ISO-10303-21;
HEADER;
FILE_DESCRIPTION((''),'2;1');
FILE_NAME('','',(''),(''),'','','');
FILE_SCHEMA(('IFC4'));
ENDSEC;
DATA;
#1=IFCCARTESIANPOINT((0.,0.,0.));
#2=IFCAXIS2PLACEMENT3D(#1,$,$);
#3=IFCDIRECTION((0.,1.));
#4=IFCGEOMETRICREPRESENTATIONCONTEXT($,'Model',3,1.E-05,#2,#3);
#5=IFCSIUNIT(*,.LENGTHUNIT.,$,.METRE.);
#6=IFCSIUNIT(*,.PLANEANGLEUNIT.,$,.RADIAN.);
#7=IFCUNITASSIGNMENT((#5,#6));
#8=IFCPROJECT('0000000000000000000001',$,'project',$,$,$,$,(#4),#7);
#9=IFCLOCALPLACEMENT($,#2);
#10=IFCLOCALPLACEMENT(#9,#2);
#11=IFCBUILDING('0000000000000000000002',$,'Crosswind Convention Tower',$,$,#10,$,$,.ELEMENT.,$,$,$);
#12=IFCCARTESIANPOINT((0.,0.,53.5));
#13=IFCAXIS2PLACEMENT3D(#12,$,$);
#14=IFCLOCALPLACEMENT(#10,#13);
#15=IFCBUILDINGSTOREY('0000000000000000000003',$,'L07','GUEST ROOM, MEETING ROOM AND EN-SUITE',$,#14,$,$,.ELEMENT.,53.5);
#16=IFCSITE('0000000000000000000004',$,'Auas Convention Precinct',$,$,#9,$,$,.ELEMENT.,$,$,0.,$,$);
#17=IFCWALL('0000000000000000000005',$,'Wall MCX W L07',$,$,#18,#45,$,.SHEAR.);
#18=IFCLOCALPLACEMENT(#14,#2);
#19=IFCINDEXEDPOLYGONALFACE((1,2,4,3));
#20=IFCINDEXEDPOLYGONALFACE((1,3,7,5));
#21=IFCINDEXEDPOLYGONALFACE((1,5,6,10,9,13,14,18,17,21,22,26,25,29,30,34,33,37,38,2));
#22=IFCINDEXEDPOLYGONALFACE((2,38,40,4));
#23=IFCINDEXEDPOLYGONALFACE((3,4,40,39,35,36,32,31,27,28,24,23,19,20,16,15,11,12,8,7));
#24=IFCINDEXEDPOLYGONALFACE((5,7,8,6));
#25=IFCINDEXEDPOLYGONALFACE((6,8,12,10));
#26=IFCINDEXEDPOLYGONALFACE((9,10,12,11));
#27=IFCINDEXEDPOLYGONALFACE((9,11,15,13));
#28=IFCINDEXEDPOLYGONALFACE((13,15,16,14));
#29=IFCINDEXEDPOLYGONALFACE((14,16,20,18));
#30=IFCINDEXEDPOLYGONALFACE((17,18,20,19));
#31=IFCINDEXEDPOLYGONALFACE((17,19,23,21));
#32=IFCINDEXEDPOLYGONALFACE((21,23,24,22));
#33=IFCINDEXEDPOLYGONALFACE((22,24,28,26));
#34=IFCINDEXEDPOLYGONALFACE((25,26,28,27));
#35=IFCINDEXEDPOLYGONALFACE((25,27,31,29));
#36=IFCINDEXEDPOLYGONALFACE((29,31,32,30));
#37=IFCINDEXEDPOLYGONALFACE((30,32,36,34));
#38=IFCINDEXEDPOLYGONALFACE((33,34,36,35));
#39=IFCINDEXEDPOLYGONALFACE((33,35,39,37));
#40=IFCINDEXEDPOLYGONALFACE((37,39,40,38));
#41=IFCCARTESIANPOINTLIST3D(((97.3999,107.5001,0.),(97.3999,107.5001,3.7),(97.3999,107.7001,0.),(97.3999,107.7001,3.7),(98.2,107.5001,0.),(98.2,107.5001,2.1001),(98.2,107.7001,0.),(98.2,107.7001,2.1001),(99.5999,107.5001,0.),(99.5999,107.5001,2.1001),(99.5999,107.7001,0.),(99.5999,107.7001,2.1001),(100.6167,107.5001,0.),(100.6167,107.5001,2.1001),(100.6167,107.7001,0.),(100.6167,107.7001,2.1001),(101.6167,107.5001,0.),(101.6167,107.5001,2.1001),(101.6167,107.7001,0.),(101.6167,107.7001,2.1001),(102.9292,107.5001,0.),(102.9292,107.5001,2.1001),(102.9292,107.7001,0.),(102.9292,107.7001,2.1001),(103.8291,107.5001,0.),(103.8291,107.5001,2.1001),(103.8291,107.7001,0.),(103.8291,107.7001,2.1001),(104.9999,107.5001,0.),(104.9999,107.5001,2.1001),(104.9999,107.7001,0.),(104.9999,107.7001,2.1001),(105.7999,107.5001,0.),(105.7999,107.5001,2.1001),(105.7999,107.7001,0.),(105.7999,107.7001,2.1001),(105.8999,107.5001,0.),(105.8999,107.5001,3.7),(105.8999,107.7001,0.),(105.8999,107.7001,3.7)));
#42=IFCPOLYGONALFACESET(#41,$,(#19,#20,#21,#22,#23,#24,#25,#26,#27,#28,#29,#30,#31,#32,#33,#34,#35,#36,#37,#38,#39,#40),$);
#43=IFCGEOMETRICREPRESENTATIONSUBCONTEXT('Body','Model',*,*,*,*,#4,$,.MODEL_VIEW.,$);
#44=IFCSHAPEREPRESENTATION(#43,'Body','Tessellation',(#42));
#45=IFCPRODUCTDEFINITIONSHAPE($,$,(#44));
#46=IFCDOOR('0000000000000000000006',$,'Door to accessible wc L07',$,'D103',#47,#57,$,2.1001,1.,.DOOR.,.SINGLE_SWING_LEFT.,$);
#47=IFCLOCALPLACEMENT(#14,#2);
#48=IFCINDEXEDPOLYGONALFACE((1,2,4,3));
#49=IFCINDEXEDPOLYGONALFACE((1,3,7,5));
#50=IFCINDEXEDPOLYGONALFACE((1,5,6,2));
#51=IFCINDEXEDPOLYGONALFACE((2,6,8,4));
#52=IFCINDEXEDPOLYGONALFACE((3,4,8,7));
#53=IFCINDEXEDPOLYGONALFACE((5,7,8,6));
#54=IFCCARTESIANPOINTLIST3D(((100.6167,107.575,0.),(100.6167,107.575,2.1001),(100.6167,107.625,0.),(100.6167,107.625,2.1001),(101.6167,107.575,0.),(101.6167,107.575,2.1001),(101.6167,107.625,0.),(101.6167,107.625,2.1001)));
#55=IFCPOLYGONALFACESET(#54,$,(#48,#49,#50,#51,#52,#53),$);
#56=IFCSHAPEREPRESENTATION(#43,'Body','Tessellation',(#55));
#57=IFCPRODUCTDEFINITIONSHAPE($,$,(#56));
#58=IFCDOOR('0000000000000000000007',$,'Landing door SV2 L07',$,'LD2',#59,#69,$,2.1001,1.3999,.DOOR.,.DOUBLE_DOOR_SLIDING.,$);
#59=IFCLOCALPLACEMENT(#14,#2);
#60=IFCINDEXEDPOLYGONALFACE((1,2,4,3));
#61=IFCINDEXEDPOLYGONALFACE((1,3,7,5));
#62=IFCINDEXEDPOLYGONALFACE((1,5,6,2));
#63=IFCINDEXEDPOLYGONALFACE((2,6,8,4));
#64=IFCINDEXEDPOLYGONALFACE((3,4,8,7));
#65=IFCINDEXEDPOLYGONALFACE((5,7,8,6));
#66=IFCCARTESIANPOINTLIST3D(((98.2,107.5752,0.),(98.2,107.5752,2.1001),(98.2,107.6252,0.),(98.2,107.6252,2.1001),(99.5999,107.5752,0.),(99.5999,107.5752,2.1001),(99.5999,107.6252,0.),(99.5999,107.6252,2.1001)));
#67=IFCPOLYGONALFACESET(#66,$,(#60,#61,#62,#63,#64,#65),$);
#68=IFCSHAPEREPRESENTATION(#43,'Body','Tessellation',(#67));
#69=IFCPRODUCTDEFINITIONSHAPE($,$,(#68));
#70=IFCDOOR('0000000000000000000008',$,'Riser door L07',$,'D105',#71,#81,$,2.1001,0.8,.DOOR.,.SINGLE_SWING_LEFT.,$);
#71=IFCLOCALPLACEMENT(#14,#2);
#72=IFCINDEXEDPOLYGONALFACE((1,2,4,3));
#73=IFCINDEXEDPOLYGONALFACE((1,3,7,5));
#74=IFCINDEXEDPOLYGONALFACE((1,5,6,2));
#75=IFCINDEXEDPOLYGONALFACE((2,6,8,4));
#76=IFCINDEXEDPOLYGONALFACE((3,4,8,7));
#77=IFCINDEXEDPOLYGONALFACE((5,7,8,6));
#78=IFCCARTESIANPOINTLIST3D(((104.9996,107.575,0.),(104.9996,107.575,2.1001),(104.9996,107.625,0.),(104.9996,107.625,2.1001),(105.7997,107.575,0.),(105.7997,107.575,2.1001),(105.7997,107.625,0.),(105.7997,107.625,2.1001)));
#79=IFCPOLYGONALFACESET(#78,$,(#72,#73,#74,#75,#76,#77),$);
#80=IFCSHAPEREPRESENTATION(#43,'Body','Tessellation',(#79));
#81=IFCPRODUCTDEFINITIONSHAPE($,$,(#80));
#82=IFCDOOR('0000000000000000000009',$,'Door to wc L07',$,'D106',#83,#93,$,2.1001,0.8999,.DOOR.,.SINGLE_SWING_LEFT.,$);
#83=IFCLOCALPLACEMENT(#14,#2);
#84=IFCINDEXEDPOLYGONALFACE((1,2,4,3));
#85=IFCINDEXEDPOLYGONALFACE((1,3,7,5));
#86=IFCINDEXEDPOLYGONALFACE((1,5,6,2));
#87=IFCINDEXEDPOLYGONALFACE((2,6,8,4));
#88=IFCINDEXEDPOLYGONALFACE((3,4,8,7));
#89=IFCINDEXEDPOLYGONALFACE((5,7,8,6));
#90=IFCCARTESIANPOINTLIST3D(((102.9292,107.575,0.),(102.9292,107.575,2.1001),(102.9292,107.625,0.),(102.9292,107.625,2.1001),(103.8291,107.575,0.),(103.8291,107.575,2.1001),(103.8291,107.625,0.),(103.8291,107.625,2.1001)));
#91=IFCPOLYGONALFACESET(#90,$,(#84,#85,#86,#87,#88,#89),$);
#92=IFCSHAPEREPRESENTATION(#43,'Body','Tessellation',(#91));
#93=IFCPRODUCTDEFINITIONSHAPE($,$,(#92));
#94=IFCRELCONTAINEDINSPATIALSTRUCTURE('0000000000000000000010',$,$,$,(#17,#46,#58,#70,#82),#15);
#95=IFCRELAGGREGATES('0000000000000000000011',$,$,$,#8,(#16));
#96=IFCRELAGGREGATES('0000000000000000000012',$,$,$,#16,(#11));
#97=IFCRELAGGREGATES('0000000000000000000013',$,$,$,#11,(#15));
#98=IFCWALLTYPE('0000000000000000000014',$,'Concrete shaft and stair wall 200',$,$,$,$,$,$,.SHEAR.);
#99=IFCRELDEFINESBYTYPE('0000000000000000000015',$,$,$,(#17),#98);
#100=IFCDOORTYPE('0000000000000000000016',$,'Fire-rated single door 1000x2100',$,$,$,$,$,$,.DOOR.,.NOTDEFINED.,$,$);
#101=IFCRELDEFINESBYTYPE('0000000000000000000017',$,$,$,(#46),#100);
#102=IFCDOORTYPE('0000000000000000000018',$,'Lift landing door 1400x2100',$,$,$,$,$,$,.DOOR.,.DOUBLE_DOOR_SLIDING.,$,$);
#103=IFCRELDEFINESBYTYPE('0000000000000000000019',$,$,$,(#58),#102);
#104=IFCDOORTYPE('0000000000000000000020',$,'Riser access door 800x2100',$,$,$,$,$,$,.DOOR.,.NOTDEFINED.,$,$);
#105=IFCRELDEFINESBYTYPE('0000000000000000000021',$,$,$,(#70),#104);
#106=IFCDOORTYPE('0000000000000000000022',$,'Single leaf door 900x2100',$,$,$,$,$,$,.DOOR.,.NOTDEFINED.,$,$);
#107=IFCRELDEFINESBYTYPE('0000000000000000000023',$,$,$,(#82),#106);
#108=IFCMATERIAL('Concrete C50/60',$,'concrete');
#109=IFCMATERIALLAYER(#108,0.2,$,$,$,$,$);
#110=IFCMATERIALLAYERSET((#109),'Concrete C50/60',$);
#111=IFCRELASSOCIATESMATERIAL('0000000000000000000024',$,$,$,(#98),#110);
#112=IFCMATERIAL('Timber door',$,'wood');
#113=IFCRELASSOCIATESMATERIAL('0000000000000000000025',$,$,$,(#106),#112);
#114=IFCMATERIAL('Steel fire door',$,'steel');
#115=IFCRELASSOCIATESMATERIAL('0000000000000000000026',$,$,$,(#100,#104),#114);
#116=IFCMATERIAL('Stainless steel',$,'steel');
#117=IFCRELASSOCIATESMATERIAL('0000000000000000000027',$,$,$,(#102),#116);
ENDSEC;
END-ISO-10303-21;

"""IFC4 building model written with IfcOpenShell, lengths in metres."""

from ifc_helpers import new_model, si_unit, direction, frame, frame_2d, origin, place, context, subcontext, project, spatial, rectangle, extrude, material, layer, layer_set, type_object, element, fill, save


model = new_model("IFC4")

# Units and contexts
model_context = context("Model", 3, precision=1e-05, world=origin(), true_north=direction((0.0, 1.0)))
body_context = subcontext(model_context, "Body", "Model", "MODEL_VIEW")
ifc_project = project(units=[si_unit("LENGTHUNIT", "METRE"), si_unit("PLANEANGLEUNIT", "RADIAN")], contexts=[model_context])

# Site, building, storey
site_placement = place(None, origin())
site = spatial("IfcSite", under=ifc_project, at=site_placement, Name="Auas Convention Precinct", CompositionType="ELEMENT", RefElevation=0.0)
building_placement = place(site_placement, origin())
building = spatial("IfcBuilding", under=site, at=building_placement, Name="Crosswind Convention Tower", CompositionType="ELEMENT")
storey_placement = place(building_placement, frame((0.0, 0.0, 53.5)))
storey = spatial("IfcBuildingStorey", under=building, at=storey_placement, Name="L07", Description="GUEST ROOM, MEETING ROOM AND EN-SUITE", CompositionType="ELEMENT", Elevation=53.5)

# Shared definitions
ifc_material_1 = material(Name="Concrete C50/60", Category="concrete")

# Shared definitions
ifc_layer_1 = layer(ifc_material_1, 0.2)
ifc_layer_set_1 = layer_set([ifc_layer_1], Name="Concrete C50/60")
wall_type_1 = type_object("IfcWallType", Name="Concrete shaft and stair wall 200", PredefinedType="SHEAR", material=ifc_layer_set_1)

# Shared definitions
ifc_material_2 = material(Name="Timber door", Category="wood")
door_type_1 = type_object("IfcDoorType", Name="Single leaf door 900x2100", OperationType="NOTDEFINED", PredefinedType="DOOR", material=ifc_material_2)

# Shared definitions
ifc_material_3 = material(Name="Steel fire door", Category="steel")
door_type_2 = type_object("IfcDoorType", Name="Fire-rated single door 1000x2100", OperationType="NOTDEFINED", PredefinedType="DOOR", material=ifc_material_3)

# Wall, openings, doors
wall_1_placement = place(storey_placement, frame((105.8999, 107.6001, 0.0), z_axis=(0.0, 0.0, 1.0), x_axis=(-1.0, 0.0, 0.0)))
wall_1 = element("IfcWall", 1, at=wall_1_placement, inside=storey, type_object=wall_type_1, Name="Wall MCX W L07", PredefinedType="SHEAR", context=body_context, shape_type="SweptSolid", body=[
    extrude(rectangle(XDim=8.5, YDim=0.2, at=frame_2d((4.25, 0.0))), origin(), (0.0, 0.0, 1.0), 3.7),
])
opening_1_placement = place(wall_1_placement, frame((0.1001, 0.0, 0.0)))
opening_1 = element("IfcOpeningElement", 2, at=opening_1_placement, cuts=wall_1, PredefinedType="OPENING", context=body_context, shape_type="SweptSolid", body=[
    extrude(rectangle(XDim=0.8, YDim=2.1001, at=frame_2d((0.3999, 1.05))), frame((0.0, 0.1099, 0.0), z_axis=(0.0, -1.0, 0.0), x_axis=(1.0, 0.0, 0.0)), (0.0, 0.0, 1.0), 0.22),
])
opening_2_placement = place(wall_1_placement, frame((2.0708, 0.0, 0.0)))
opening_2 = element("IfcOpeningElement", 3, at=opening_2_placement, cuts=wall_1, PredefinedType="OPENING", context=body_context, shape_type="SweptSolid", body=[
    extrude(rectangle(XDim=0.8999, YDim=2.1001, at=frame_2d((0.45, 1.05))), frame((0.0, 0.1099, 0.0), z_axis=(0.0, -1.0, 0.0), x_axis=(1.0, 0.0, 0.0)), (0.0, 0.0, 1.0), 0.22),
])
opening_3_placement = place(wall_1_placement, frame((4.2832, 0.0, 0.0)))
opening_3 = element("IfcOpeningElement", 4, at=opening_3_placement, cuts=wall_1, PredefinedType="OPENING", context=body_context, shape_type="SweptSolid", body=[
    extrude(rectangle(XDim=1.0, YDim=2.1001, at=frame_2d((0.5, 1.05))), frame((0.0, 0.1099, 0.0), z_axis=(0.0, -1.0, 0.0), x_axis=(1.0, 0.0, 0.0)), (0.0, 0.0, 1.0), 0.22),
])
opening_4_placement = place(wall_1_placement, frame((6.3, 0.0, 0.0)))
opening_4 = element("IfcOpeningElement", 5, at=opening_4_placement, cuts=wall_1, PredefinedType="OPENING", context=body_context, shape_type="SweptSolid", body=[
    extrude(rectangle(XDim=1.3999, YDim=2.1001, at=frame_2d((0.7, 1.05))), frame((0.0, 0.1099, 0.0), z_axis=(0.0, -1.0, 0.0), x_axis=(1.0, 0.0, 0.0)), (0.0, 0.0, 1.0), 0.22),
])
door_1_placement = place(opening_3_placement, frame((1.0, 0.0, 0.0), z_axis=(0.0, 0.0, 1.0), x_axis=(-1.0, 0.0, 0.0)))
door_1 = element("IfcDoor", 6, at=door_1_placement, inside=storey, type_object=door_type_2, Name="Door to accessible wc L07", ObjectType="D103", OperationType="SINGLE_SWING_LEFT", OverallHeight=2.1001, OverallWidth=1.0, PredefinedType="DOOR", context=body_context, shape_type="SweptSolid", body=[
    extrude(rectangle(XDim=1.0, YDim=2.1001, at=frame_2d((0.5, 1.05))), frame((0.0, 0.0249, 0.0), z_axis=(0.0, -1.0, 0.0), x_axis=(1.0, 0.0, 0.0)), (0.0, 0.0, 1.0), 0.05),
])
fill(opening_3, door_1)
ifc_material_4 = material(Name="Stainless steel", Category="steel")
door_type_3 = type_object("IfcDoorType", Name="Lift landing door 1400x2100", OperationType="DOUBLE_DOOR_SLIDING", PredefinedType="DOOR", material=ifc_material_4)
door_2_placement = place(opening_4_placement, origin())
door_2 = element("IfcDoor", 7, at=door_2_placement, inside=storey, type_object=door_type_3, Name="Landing door SV2 L07", ObjectType="LD2", OperationType="DOUBLE_DOOR_SLIDING", OverallHeight=2.1001, OverallWidth=1.3999, PredefinedType="DOOR", context=body_context, shape_type="SweptSolid", body=[
    extrude(rectangle(XDim=1.3999, YDim=2.1001, at=frame_2d((0.7, 1.05))), frame((0.0, 0.0249, 0.0), z_axis=(0.0, -1.0, 0.0), x_axis=(1.0, 0.0, 0.0)), (0.0, 0.0, 1.0), 0.05),
])
fill(opening_4, door_2)
door_type_4 = type_object("IfcDoorType", Name="Riser access door 800x2100", OperationType="NOTDEFINED", PredefinedType="DOOR", material=ifc_material_3)
door_3_placement = place(opening_1_placement, frame((0.8, 0.0, 0.0), z_axis=(0.0, 0.0, 1.0), x_axis=(-1.0, 0.0, 0.0)))
door_3 = element("IfcDoor", 8, at=door_3_placement, inside=storey, type_object=door_type_4, Name="Riser door L07", ObjectType="D105", OperationType="SINGLE_SWING_LEFT", OverallHeight=2.1001, OverallWidth=0.8, PredefinedType="DOOR", context=body_context, shape_type="SweptSolid", body=[
    extrude(rectangle(XDim=0.8, YDim=2.1001, at=frame_2d((0.3999, 1.05))), frame((0.0, 0.0249, 0.0), z_axis=(0.0, -1.0, 0.0), x_axis=(1.0, 0.0, 0.0)), (0.0, 0.0, 1.0), 0.05),
])
fill(opening_1, door_3)
door_4_placement = place(opening_2_placement, frame((0.8999, 0.0, 0.0), z_axis=(0.0, 0.0, 1.0), x_axis=(-1.0, 0.0, 0.0)))
door_4 = element("IfcDoor", 9, at=door_4_placement, inside=storey, type_object=door_type_1, Name="Door to wc L07", ObjectType="D106", OperationType="SINGLE_SWING_LEFT", OverallHeight=2.1001, OverallWidth=0.8999, PredefinedType="DOOR", context=body_context, shape_type="SweptSolid", body=[
    extrude(rectangle(XDim=0.8999, YDim=2.1001, at=frame_2d((0.45, 1.05))), frame((0.0, 0.0249, 0.0), z_axis=(0.0, -1.0, 0.0), x_axis=(1.0, 0.0, 0.0)), (0.0, 0.0, 1.0), 0.05),
])
fill(opening_2, door_4)

save(model, "model.ifc")
